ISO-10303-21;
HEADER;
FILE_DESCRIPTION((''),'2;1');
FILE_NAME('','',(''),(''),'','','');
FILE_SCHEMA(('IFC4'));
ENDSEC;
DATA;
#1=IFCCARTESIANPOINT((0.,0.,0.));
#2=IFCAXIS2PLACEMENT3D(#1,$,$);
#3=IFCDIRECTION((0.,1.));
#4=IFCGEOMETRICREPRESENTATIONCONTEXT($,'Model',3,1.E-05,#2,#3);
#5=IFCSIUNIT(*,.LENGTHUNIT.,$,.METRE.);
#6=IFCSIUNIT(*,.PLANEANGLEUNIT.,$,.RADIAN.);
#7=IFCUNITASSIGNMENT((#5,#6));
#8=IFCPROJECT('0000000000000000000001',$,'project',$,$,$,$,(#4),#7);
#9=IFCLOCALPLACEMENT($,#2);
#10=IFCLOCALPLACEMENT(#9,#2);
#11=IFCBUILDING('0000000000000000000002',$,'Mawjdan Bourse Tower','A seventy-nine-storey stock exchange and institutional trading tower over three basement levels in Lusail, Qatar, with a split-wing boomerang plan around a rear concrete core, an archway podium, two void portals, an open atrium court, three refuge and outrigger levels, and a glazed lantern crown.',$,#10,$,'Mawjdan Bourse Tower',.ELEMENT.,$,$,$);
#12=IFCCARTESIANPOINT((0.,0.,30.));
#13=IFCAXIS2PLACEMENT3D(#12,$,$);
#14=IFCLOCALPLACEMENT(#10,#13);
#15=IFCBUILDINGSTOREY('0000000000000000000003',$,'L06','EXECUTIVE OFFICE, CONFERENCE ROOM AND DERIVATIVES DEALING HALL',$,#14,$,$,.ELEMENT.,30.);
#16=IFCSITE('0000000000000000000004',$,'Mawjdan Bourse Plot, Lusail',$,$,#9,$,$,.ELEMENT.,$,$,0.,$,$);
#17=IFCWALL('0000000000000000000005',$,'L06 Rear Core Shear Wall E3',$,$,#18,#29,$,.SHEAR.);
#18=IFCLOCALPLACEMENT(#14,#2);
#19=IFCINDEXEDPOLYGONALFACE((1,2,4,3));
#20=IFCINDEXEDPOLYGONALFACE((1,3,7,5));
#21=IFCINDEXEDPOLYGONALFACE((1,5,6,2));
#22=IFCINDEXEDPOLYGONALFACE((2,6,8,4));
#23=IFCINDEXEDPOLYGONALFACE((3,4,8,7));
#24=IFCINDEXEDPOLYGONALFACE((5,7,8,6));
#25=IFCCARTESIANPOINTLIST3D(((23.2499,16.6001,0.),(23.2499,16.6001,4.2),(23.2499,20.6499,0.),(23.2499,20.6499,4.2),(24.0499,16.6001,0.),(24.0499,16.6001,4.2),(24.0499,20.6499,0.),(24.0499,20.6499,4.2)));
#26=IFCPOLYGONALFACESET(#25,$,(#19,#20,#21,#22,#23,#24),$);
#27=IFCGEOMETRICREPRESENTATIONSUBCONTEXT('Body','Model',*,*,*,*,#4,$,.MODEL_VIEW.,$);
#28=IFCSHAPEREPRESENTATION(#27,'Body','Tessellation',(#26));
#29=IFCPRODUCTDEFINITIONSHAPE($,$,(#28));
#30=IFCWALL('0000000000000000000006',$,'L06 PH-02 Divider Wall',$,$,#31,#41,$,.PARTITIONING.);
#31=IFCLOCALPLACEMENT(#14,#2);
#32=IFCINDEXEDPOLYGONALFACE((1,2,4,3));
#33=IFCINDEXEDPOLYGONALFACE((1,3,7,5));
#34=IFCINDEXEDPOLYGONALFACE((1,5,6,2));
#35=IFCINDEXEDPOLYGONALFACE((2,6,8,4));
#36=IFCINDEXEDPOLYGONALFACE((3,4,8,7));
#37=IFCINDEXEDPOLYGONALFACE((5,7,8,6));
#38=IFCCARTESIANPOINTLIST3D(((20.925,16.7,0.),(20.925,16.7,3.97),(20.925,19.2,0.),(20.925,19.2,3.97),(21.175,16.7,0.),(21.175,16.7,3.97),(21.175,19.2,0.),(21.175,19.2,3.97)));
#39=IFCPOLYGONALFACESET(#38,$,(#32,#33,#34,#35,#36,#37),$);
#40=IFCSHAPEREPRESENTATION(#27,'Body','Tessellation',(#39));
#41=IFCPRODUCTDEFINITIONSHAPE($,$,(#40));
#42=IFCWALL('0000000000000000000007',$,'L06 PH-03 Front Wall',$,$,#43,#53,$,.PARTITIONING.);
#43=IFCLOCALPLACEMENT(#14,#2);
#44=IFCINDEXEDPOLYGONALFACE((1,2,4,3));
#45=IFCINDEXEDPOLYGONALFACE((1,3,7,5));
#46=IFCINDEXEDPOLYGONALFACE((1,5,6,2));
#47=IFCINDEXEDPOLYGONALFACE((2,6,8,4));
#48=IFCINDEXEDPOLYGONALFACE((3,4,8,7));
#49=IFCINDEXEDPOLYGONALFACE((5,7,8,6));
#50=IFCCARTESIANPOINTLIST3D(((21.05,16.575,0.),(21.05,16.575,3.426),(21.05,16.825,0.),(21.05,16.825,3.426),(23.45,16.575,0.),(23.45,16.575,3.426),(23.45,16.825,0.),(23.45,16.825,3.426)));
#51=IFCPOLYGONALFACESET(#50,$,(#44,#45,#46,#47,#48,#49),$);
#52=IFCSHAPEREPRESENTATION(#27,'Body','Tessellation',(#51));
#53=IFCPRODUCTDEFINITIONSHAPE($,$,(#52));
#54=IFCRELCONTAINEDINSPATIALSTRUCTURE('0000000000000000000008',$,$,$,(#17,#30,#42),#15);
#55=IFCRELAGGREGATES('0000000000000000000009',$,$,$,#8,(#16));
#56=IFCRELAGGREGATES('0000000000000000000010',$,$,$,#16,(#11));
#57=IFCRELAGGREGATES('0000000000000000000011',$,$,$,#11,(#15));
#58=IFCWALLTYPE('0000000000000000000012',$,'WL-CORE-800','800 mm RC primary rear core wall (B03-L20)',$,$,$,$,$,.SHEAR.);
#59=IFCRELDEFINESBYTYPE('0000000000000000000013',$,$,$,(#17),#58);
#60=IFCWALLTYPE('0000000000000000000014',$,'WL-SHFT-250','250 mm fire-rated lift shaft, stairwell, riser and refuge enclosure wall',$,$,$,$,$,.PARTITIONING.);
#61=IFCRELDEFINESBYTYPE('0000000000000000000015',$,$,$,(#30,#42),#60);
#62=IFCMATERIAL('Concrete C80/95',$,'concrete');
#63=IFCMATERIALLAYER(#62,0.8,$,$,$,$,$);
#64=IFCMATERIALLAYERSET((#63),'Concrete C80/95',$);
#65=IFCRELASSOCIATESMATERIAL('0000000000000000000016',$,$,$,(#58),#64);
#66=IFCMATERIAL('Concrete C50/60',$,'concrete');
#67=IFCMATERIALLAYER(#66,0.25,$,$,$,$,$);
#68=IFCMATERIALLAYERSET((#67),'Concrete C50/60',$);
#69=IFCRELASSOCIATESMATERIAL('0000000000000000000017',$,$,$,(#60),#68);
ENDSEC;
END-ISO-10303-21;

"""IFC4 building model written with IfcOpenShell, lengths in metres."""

from ifc_helpers import new_model, si_unit, direction, frame, frame_2d, origin, place, context, subcontext, project, spatial, rectangle, extrude, material, layer, layer_set, type_object, element, save


model = new_model("IFC4")

# Units and contexts
model_context = context("Model", 3, precision=1e-05, world=origin(), true_north=direction((0.0, 1.0)))
body_context = subcontext(model_context, "Body", "Model", "MODEL_VIEW")
ifc_project = project(units=[si_unit("LENGTHUNIT", "METRE"), si_unit("PLANEANGLEUNIT", "RADIAN")], contexts=[model_context])

# Site, building, storey
site_placement = place(None, origin())
site = spatial("IfcSite", under=ifc_project, at=site_placement, Name="Mawjdan Bourse Plot, Lusail", CompositionType="ELEMENT", RefElevation=0.0)
building_placement = place(site_placement, origin())
building = spatial("IfcBuilding", under=site, at=building_placement, Name="Mawjdan Bourse Tower", Description="A seventy-nine-storey stock exchange and institutional trading tower over three basement levels in Lusail, Qatar, with a split-wing boomerang plan around a rear concrete core, an archway podium, two void portals, an open atrium court, three refuge and outrigger levels, and a glazed lantern crown.", LongName="Mawjdan Bourse Tower", CompositionType="ELEMENT")
storey_placement = place(building_placement, frame((0.0, 0.0, 30.0)))
storey = spatial("IfcBuildingStorey", under=building, at=storey_placement, Name="L06", Description="EXECUTIVE OFFICE, CONFERENCE ROOM AND DERIVATIVES DEALING HALL", CompositionType="ELEMENT", Elevation=30.0)

# Shared definitions
ifc_material_1 = material(Name="Concrete C80/95", Category="concrete")

# Walls
ifc_layer_1 = layer(ifc_material_1, 0.8)
ifc_layer_set_1 = layer_set([ifc_layer_1], Name="Concrete C80/95")
wall_type_1 = type_object("IfcWallType", Name="WL-CORE-800", Description="800 mm RC primary rear core wall (B03-L20)", PredefinedType="SHEAR", material=ifc_layer_set_1)
wall_1_placement = place(storey_placement, frame((23.6499, 16.6001, 0.0), z_axis=(0.0, 0.0, 1.0), x_axis=(0.0, 1.0, 0.0)))
element("IfcWall", 1, at=wall_1_placement, inside=storey, type_object=wall_type_1, Name="L06 Rear Core Shear Wall E3", PredefinedType="SHEAR", context=body_context, shape_type="SweptSolid", body=[
    extrude(rectangle(XDim=4.0498, YDim=0.8, at=frame_2d((2.0249, 0.0))), origin(), (0.0, 0.0, 1.0), 4.2),
])
ifc_material_2 = material(Name="Concrete C50/60", Category="concrete")
ifc_layer_2 = layer(ifc_material_2, 0.25)
ifc_layer_set_2 = layer_set([ifc_layer_2], Name="Concrete C50/60")
wall_type_2 = type_object("IfcWallType", Name="WL-SHFT-250", Description="250 mm fire-rated lift shaft, stairwell, riser and refuge enclosure wall", PredefinedType="PARTITIONING", material=ifc_layer_set_2)
wall_2_placement = place(storey_placement, frame((21.05, 16.7, 0.0), z_axis=(0.0, 0.0, 1.0), x_axis=(0.0, 1.0, 0.0)))
element("IfcWall", 2, at=wall_2_placement, inside=storey, type_object=wall_type_2, Name="L06 PH-02 Divider Wall", PredefinedType="PARTITIONING", context=body_context, shape_type="SweptSolid", body=[
    extrude(rectangle(XDim=2.5, YDim=0.25, at=frame_2d((1.25, 0.0))), origin(), (0.0, 0.0, 1.0), 3.97),
])
wall_3_placement = place(storey_placement, frame((21.05, 16.7, 0.0), z_axis=(0.0, 0.0, 1.0), x_axis=(1.0, 0.0, 0.0)))
element("IfcWall", 3, at=wall_3_placement, inside=storey, type_object=wall_type_2, Name="L06 PH-03 Front Wall", PredefinedType="PARTITIONING", context=body_context, shape_type="SweptSolid", body=[
    extrude(rectangle(XDim=2.3999, YDim=0.25, at=frame_2d((1.2, 0.0))), origin(), (0.0, 0.0, 1.0), 3.426),
])

save(model, "model.ifc")
